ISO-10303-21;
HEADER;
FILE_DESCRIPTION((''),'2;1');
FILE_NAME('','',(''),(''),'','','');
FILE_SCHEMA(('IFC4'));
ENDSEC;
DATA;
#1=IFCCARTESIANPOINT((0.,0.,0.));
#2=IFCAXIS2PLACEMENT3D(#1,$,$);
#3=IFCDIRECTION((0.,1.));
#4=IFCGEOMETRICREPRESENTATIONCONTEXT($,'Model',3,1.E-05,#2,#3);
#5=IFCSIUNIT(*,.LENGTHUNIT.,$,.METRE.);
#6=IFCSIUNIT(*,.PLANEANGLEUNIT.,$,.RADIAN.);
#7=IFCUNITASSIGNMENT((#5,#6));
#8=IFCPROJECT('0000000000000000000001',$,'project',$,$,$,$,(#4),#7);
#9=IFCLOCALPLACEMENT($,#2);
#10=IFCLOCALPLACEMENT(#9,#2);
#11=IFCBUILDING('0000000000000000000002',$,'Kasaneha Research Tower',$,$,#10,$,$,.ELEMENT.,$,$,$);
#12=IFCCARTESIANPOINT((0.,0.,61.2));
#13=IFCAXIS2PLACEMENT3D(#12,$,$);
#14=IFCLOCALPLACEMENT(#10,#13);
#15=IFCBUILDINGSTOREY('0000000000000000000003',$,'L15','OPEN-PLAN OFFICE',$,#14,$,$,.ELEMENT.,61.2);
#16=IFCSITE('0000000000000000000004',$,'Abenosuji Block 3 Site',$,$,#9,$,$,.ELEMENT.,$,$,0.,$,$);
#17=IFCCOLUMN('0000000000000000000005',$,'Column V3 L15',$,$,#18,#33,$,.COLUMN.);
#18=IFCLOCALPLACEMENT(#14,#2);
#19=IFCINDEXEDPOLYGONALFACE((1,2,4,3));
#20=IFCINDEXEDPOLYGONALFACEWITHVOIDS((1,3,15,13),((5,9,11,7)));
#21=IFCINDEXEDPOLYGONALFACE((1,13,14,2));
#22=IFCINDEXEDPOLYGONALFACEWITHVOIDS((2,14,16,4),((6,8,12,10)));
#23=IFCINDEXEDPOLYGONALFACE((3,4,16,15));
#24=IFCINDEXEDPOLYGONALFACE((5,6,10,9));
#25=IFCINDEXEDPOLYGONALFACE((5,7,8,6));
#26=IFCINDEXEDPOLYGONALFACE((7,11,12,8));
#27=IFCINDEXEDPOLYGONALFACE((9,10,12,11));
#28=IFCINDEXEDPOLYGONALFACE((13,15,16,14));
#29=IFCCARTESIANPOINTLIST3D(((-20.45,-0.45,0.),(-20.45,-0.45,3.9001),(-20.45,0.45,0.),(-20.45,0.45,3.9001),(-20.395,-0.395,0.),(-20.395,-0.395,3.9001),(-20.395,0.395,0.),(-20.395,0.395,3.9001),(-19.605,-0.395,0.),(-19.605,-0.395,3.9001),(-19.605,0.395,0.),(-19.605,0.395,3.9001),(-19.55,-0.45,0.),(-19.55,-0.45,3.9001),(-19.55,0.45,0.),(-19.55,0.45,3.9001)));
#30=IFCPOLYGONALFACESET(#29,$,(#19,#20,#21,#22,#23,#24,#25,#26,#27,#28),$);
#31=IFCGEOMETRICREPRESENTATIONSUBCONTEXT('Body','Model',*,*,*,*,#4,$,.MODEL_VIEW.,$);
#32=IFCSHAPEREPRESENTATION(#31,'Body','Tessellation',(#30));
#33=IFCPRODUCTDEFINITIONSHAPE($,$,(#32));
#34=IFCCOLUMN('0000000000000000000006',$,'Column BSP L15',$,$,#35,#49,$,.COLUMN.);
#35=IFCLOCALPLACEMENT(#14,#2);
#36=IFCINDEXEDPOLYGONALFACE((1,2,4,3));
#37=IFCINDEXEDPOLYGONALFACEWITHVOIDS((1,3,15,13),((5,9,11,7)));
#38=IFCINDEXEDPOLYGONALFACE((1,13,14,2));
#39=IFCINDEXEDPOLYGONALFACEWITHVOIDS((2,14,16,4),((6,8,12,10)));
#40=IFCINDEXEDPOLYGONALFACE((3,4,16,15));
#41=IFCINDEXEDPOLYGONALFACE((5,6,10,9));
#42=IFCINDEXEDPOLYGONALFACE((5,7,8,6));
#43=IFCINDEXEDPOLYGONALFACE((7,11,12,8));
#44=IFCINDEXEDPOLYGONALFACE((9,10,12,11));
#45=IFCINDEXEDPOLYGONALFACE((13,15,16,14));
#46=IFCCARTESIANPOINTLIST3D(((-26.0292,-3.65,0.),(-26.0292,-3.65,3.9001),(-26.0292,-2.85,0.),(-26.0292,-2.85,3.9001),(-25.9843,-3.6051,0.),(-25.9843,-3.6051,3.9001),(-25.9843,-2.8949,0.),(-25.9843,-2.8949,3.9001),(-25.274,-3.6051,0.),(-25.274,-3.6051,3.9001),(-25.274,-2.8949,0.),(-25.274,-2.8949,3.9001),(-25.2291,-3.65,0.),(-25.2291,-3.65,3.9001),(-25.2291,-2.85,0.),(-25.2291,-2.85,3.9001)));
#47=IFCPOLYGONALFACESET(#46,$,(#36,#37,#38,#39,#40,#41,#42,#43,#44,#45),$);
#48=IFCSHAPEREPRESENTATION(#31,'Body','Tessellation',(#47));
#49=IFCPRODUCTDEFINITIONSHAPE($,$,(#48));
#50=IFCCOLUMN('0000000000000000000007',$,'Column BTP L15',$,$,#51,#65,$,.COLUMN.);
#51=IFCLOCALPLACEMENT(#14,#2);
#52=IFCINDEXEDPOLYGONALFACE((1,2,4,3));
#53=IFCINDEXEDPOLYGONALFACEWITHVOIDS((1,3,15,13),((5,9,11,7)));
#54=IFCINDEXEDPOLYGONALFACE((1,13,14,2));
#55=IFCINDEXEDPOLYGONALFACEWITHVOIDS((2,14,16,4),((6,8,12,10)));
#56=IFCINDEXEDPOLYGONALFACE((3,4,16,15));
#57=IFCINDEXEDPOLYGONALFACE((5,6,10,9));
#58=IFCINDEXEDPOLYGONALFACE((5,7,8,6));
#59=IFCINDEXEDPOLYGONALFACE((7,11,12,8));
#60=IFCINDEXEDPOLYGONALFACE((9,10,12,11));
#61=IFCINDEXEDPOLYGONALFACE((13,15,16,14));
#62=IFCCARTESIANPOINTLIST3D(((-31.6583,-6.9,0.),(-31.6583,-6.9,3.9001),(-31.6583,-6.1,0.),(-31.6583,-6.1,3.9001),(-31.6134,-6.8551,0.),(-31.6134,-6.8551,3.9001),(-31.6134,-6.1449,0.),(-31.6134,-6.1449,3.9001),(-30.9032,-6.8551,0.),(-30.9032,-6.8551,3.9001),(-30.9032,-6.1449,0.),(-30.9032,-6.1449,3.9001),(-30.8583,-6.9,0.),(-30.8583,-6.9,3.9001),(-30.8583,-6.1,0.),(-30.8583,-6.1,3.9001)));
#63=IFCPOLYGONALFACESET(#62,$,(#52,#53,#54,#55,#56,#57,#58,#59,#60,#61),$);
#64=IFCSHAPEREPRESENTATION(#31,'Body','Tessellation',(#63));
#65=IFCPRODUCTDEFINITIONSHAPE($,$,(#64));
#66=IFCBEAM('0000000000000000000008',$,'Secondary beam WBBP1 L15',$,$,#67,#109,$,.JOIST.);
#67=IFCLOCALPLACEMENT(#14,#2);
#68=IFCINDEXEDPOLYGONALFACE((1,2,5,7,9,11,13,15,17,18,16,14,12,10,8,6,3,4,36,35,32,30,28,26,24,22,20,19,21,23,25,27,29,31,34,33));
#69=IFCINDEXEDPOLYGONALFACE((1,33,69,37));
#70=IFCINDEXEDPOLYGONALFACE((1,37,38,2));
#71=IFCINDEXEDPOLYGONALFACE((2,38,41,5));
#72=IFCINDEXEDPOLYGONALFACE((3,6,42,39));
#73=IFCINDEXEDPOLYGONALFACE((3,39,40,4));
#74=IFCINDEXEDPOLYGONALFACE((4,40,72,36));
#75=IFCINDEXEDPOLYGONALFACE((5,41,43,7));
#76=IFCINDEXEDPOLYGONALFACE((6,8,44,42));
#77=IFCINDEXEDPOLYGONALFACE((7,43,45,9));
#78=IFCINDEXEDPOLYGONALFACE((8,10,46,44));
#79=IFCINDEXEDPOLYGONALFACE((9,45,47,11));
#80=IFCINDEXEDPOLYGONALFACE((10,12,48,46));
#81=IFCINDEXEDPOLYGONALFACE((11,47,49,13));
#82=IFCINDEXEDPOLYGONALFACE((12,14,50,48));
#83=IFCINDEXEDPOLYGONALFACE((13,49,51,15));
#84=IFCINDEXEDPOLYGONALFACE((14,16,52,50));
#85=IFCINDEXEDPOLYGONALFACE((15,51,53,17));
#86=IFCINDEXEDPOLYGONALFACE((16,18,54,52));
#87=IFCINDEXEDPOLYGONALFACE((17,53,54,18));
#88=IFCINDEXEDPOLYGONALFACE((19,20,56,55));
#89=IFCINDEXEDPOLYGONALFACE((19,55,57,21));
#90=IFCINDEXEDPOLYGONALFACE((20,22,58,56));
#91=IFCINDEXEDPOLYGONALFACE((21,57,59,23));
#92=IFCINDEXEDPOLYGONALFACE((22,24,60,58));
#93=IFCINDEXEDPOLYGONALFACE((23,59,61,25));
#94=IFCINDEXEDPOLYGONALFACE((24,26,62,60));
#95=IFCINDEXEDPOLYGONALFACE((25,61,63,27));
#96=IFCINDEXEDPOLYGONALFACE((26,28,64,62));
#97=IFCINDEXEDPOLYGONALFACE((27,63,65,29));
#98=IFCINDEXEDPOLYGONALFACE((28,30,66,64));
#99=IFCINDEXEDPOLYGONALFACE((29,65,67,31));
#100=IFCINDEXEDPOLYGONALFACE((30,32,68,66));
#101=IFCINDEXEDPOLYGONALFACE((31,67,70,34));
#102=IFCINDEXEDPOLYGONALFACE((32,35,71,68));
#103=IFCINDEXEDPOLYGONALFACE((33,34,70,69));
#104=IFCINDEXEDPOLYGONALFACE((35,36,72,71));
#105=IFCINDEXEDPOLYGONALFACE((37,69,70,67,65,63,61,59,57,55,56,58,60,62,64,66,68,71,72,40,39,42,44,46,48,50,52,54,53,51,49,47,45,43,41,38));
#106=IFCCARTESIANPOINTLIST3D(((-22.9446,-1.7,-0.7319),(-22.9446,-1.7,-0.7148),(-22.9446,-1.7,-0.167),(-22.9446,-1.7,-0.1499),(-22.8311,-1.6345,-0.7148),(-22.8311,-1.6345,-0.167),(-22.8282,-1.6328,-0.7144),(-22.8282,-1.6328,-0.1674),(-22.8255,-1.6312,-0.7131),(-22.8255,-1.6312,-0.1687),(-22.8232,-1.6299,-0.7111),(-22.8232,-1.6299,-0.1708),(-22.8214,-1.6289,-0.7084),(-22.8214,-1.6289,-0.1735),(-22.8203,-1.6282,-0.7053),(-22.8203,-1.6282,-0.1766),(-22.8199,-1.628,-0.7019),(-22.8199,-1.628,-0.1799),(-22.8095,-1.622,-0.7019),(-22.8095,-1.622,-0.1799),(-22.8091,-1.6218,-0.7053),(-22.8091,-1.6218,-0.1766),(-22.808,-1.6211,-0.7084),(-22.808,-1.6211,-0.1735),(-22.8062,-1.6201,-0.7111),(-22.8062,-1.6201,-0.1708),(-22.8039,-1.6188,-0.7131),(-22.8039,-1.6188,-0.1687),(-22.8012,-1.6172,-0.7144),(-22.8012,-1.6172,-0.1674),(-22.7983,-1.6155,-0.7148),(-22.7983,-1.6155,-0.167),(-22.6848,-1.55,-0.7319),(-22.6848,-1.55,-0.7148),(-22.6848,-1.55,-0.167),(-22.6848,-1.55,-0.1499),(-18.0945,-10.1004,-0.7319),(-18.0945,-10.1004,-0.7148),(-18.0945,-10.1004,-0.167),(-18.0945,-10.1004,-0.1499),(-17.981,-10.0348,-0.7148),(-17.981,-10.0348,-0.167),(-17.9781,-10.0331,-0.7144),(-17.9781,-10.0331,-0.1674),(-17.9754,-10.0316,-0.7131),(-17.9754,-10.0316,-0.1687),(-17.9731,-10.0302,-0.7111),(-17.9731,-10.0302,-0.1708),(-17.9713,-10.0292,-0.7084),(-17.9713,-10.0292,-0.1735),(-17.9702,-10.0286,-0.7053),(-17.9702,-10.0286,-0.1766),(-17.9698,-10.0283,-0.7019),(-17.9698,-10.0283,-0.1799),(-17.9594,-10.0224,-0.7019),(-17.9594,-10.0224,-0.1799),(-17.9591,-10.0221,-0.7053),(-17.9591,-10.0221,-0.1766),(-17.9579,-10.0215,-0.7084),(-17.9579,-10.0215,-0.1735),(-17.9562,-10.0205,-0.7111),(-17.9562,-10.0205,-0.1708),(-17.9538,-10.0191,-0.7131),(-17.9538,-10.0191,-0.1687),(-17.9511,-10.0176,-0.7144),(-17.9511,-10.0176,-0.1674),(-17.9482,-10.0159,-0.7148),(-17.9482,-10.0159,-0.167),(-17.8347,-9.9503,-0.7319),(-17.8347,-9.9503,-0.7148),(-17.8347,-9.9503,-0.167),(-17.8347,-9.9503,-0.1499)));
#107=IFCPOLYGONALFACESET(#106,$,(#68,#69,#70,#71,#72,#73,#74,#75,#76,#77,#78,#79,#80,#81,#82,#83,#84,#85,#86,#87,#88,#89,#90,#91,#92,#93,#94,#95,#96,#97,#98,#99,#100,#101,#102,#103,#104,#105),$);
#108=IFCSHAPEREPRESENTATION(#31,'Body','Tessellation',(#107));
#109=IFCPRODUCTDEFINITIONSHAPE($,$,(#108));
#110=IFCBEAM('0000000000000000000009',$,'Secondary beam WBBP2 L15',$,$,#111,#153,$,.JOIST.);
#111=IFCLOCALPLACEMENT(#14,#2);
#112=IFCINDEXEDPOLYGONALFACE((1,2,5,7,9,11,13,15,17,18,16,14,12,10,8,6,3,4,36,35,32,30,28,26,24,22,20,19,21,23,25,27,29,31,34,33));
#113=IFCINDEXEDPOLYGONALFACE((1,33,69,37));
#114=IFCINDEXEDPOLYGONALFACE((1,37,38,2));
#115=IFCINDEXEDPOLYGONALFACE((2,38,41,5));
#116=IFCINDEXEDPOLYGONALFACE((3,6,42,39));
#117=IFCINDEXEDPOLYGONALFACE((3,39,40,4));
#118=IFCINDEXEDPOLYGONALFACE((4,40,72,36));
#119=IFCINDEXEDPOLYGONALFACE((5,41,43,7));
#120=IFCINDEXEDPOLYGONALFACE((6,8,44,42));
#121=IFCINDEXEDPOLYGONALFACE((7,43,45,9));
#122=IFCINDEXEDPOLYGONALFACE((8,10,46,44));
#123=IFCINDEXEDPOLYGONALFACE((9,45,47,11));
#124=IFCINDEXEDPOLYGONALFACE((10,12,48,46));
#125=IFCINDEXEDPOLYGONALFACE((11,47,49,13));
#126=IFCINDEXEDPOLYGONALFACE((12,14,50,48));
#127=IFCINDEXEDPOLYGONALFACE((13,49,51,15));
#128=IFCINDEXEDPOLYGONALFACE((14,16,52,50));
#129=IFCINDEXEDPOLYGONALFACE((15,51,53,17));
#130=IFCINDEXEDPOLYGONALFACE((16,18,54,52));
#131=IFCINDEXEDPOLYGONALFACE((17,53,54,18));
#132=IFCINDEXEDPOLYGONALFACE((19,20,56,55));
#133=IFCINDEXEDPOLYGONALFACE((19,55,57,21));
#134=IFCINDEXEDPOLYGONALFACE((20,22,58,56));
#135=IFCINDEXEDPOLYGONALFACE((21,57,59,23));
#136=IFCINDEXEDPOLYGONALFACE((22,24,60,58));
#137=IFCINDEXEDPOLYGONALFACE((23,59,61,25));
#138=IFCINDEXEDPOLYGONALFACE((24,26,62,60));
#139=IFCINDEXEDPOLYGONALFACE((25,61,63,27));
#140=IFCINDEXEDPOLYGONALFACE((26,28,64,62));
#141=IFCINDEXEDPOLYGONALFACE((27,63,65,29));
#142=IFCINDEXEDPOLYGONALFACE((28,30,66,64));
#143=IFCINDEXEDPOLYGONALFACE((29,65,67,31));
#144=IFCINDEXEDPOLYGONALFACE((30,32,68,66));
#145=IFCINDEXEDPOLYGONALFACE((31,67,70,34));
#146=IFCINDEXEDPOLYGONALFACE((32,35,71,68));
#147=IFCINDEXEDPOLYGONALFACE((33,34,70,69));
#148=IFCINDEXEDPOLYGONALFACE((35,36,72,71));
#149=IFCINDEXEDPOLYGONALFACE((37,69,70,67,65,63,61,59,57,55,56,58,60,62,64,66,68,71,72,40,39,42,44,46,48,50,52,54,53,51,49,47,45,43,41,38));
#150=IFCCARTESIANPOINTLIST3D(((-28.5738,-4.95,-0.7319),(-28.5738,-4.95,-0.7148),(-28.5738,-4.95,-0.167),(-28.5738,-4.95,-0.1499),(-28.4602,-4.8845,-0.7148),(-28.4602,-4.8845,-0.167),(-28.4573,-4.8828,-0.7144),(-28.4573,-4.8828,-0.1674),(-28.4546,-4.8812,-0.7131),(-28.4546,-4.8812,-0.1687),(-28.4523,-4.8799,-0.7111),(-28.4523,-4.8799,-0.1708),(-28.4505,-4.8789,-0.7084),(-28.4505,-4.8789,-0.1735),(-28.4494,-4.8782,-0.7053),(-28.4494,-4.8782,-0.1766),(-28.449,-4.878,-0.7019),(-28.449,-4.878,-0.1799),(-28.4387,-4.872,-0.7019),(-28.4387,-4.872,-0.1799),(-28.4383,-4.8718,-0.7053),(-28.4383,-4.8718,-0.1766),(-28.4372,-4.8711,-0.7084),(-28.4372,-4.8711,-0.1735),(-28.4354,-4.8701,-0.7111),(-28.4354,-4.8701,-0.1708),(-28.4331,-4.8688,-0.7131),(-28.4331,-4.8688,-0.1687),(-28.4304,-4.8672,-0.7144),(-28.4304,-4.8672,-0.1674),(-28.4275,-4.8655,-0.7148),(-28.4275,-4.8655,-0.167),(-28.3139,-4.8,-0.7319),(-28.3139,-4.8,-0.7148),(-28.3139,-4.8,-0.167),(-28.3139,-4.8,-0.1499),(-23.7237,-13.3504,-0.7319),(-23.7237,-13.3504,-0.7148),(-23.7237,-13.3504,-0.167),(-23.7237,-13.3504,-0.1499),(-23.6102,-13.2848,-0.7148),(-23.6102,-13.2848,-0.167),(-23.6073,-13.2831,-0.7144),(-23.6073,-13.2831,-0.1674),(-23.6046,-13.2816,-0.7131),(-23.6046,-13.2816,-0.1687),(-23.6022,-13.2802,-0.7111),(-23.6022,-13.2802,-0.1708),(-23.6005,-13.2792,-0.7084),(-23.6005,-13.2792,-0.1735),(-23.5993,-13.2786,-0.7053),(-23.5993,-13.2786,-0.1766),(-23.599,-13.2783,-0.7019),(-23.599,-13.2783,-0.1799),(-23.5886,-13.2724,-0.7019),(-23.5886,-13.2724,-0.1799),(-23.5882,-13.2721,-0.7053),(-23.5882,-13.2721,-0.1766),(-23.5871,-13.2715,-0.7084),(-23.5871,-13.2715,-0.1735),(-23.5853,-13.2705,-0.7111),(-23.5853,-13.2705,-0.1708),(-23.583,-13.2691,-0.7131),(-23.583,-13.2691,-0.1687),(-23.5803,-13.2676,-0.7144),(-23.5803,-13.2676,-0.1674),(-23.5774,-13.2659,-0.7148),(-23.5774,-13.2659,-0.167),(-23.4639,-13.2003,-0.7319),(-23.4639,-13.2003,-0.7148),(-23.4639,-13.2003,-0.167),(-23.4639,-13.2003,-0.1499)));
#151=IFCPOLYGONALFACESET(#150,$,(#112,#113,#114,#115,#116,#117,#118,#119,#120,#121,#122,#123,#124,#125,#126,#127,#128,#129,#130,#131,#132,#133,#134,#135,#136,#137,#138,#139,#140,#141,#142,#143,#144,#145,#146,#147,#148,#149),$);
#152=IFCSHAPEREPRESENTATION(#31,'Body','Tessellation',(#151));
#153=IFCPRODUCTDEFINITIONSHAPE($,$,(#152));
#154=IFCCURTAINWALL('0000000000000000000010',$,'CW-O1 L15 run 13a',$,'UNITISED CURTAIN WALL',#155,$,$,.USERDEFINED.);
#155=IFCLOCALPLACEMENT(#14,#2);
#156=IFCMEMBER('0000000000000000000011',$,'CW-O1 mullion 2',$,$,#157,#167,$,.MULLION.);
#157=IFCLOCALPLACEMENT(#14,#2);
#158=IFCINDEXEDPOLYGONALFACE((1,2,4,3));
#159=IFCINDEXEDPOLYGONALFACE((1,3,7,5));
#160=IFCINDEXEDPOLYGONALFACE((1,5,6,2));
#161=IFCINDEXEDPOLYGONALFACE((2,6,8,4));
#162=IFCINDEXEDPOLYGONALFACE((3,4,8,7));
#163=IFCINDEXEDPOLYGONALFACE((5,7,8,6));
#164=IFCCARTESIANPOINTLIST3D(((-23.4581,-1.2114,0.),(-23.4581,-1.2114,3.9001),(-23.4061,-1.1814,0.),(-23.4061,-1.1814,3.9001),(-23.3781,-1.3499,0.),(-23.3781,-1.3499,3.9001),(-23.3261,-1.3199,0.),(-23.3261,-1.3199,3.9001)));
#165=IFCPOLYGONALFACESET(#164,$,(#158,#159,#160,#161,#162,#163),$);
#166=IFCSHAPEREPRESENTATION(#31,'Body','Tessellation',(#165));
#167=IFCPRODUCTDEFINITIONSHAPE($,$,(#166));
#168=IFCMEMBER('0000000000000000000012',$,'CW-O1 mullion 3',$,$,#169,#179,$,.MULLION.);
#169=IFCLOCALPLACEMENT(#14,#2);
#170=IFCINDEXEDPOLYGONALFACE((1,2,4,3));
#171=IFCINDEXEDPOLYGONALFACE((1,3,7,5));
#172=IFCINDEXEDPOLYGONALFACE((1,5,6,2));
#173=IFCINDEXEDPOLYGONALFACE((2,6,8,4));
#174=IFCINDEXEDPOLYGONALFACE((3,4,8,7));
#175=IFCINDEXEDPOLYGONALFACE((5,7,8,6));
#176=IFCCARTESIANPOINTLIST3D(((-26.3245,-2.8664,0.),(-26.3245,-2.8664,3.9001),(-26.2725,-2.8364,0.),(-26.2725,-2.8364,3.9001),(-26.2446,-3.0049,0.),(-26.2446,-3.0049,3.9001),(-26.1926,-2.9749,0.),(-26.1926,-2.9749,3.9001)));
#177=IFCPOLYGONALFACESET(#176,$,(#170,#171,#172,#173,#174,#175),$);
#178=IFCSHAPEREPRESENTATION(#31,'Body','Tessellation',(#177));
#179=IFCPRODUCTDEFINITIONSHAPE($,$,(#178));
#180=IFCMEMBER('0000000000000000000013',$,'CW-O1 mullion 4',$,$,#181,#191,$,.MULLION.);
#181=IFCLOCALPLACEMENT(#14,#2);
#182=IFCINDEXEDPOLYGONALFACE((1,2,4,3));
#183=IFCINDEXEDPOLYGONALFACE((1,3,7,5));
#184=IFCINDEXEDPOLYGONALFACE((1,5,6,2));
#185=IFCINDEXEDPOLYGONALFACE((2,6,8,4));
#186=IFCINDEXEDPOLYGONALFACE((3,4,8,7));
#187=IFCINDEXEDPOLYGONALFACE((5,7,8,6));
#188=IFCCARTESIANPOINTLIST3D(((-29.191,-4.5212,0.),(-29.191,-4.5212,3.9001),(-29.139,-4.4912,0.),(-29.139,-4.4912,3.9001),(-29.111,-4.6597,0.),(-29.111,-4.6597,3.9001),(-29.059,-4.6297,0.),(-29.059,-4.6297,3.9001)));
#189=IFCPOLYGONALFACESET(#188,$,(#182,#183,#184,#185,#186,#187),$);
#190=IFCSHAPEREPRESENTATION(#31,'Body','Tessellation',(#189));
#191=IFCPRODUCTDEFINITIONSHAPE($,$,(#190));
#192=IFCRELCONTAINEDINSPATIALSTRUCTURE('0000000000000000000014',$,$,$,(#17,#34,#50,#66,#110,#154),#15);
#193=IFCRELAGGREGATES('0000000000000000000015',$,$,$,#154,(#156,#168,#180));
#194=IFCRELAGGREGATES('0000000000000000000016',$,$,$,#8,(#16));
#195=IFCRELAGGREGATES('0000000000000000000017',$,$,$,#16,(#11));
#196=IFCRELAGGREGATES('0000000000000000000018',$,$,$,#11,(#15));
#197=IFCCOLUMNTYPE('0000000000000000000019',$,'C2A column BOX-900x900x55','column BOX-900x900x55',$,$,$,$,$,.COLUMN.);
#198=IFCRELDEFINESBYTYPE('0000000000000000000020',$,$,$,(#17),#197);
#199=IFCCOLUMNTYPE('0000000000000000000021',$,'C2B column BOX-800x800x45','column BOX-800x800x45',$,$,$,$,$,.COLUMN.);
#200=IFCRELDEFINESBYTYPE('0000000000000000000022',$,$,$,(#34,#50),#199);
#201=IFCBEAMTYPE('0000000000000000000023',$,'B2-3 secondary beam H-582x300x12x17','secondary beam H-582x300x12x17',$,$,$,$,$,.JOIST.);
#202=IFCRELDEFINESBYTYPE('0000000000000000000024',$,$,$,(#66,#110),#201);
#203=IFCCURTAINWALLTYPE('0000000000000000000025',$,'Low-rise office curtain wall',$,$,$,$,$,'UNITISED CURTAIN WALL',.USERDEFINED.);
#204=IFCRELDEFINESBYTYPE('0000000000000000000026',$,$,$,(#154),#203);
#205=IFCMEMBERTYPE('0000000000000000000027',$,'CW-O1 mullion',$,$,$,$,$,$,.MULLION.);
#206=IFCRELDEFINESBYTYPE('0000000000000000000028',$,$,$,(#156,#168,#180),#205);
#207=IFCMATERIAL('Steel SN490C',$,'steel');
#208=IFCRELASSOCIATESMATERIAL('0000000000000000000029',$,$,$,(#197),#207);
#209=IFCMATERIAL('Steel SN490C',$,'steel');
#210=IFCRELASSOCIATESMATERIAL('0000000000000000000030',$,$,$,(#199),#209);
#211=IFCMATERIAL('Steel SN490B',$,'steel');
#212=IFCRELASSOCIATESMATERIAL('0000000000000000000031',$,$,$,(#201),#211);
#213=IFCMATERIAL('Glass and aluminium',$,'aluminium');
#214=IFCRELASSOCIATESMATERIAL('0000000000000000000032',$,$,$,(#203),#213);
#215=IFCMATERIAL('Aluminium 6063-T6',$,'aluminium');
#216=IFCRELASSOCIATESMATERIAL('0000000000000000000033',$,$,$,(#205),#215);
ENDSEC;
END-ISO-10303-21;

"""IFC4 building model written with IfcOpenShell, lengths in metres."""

from ifc_helpers import new_model, si_unit, direction, frame, origin, origin_2d, place, context, subcontext, project, spatial, rectangle, hollow_rectangle, i_section, extrude, material, material_profile, profile_set, type_object, element, aggregate, save


model = new_model("IFC4")

# Units and contexts
model_context = context("Model", 3, precision=1e-05, world=origin(), true_north=direction((0.0, 1.0)))
body_context = subcontext(model_context, "Body", "Model", "MODEL_VIEW")
ifc_project = project(units=[si_unit("LENGTHUNIT", "METRE"), si_unit("PLANEANGLEUNIT", "RADIAN")], contexts=[model_context])

# Site, building, storey
site_placement = place(None, origin())
site = spatial("IfcSite", under=ifc_project, at=site_placement, Name="Abenosuji Block 3 Site", CompositionType="ELEMENT", RefElevation=0.0)
building_placement = place(site_placement, origin())
building = spatial("IfcBuilding", under=site, at=building_placement, Name="Kasaneha Research Tower", CompositionType="ELEMENT")
storey_placement = place(building_placement, frame((0.0, 0.0, 61.2)))
storey = spatial("IfcBuildingStorey", under=building, at=storey_placement, Name="L15", Description="OPEN-PLAN OFFICE", CompositionType="ELEMENT", Elevation=61.2)

# Columns
ifc_material_1 = material(Name="Steel SN490C", Category="steel")
ifc_material_profile_1 = material_profile(ifc_material_1, hollow_rectangle(XDim=0.8999, YDim=0.8999, WallThickness=0.0549, at=origin_2d()), Name="BOX-900x900x55")
ifc_profile_set_1 = profile_set([ifc_material_profile_1], Name="Steel SN490C")
column_type_1 = type_object("IfcColumnType", Name="C2A column BOX-900x900x55", Description="column BOX-900x900x55", PredefinedType="COLUMN", material=ifc_profile_set_1)
column_placement = place(storey_placement, frame((-20.0, 0.0, 0.0), z_axis=(0.0, 0.0, 1.0), x_axis=(1.0, 0.0, 0.0)))
element("IfcColumn", 1, at=column_placement, inside=storey, type_object=column_type_1, Name="Column V3 L15", PredefinedType="COLUMN", context=body_context, shape_type="SweptSolid", body=[
    extrude(hollow_rectangle(XDim=0.8999, YDim=0.8999, WallThickness=0.0549, at=origin_2d()), origin(), (0.0, 0.0, 1.0), 3.9001),
])
ifc_material_2 = material(Name="Steel SN490C", Category="steel")
ifc_material_profile_2 = material_profile(ifc_material_2, hollow_rectangle(XDim=0.8, YDim=0.8, WallThickness=0.0449, at=origin_2d()), Name="BOX-800x800x45")
ifc_profile_set_2 = profile_set([ifc_material_profile_2], Name="Steel SN490C")
column_type_2 = type_object("IfcColumnType", Name="C2B column BOX-800x800x45", Description="column BOX-800x800x45", PredefinedType="COLUMN", material=ifc_profile_set_2)
for number, where, z_axis, x_axis, name in (
    (2, (-25.6292, -3.25, 0.0), (0.0, 0.0, 1.0), (1.0, 0.0, 0.0), "Column BSP L15"),
    (3, (-31.2583, -6.5, 0.0), (0.0, 0.0, 1.0), (1.0, 0.0, 0.0), "Column BTP L15"),
):
    element("IfcColumn", number, at=place(storey_placement, frame(where, z_axis=z_axis, x_axis=x_axis)), inside=storey, type_object=column_type_2, Name=name, PredefinedType="COLUMN", context=body_context, shape_type="SweptSolid", body=[
        extrude(hollow_rectangle(XDim=0.8, YDim=0.8, WallThickness=0.0449, at=origin_2d()), origin(), (0.0, 0.0, 1.0), 3.9001),
    ])

# Beams
ifc_material_3 = material(Name="Steel SN490B", Category="steel")
ifc_material_profile_3 = material_profile(ifc_material_3, i_section(OverallWidth=0.3, OverallDepth=0.582, WebThickness=0.012, FlangeThickness=0.0171, FilletRadius=0.0129, at=origin_2d()), Name="H-582x300x12x17")
ifc_profile_set_3 = profile_set([ifc_material_profile_3], Name="Steel SN490B")
beam_type_1 = type_object("IfcBeamType", Name="B2-3 secondary beam H-582x300x12x17", Description="secondary beam H-582x300x12x17", PredefinedType="JOIST", material=ifc_profile_set_3)
for number, where, z_axis, x_axis, name in (
    (4, (-22.8147, -1.625, -0.4409), (0.50001, -0.86602, 0.0), (0.86602, 0.50001, 0.0), "Secondary beam WBBP1 L15"),
    (5, (-28.4438, -4.875, -0.4409), (0.50001, -0.86602, 0.0), (0.86602, 0.50001, 0.0), "Secondary beam WBBP2 L15"),
):
    element("IfcBeam", number, at=place(storey_placement, frame(where, z_axis=z_axis, x_axis=x_axis)), inside=storey, type_object=beam_type_1, Name=name, PredefinedType="JOIST", context=body_context, shape_type="SweptSolid", body=[
        extrude(i_section(OverallWidth=0.3, OverallDepth=0.582, WebThickness=0.012, FlangeThickness=0.0171, FilletRadius=0.0129, at=origin_2d()), origin(), (0.0, 0.0, 1.0), 9.7),
    ])

# Curtain wall, members
ifc_material_4 = material(Name="Glass and aluminium", Category="aluminium")
curtain_wall_type = type_object("IfcCurtainWallType", Name="Low-rise office curtain wall", ElementType="UNITISED CURTAIN WALL", PredefinedType="USERDEFINED", material=ifc_material_4)
curtain_wall_1_placement = place(storey_placement, origin())
curtain_wall_1 = element("IfcCurtainWall", 6, at=curtain_wall_1_placement, inside=storey, type_object=curtain_wall_type, Name="CW-O1 L15 run 13a", ObjectType="UNITISED CURTAIN WALL", PredefinedType="USERDEFINED")
ifc_material_5 = material(Name="Aluminium 6063-T6", Category="aluminium")
ifc_material_profile_4 = material_profile(ifc_material_5, rectangle(XDim=0.0601, YDim=0.1599, at=origin_2d()), Name="CW-O1 mullion 60x160")
ifc_profile_set_4 = profile_set([ifc_material_profile_4], Name="Aluminium 6063-T6")
member_type_1 = type_object("IfcMemberType", Name="CW-O1 mullion", PredefinedType="MULLION", material=ifc_profile_set_4)
member_1_placement = place(storey_placement, frame((-23.3921, -1.2656, 0.0), z_axis=(0.0, 0.0, 1.0), x_axis=(-0.866025, -0.5, 0.0)))
member_1 = element("IfcMember", 7, at=member_1_placement, type_object=member_type_1, Name="CW-O1 mullion 2", PredefinedType="MULLION", context=body_context, shape_type="SweptSolid", body=[
    extrude(rectangle(XDim=0.0601, YDim=0.1599, at=origin_2d()), origin(), (0.0, 0.0, 1.0), 3.9001),
])
member_2_placement = place(storey_placement, frame((-26.2585, -2.9207, 0.0), z_axis=(0.0, 0.0, 1.0), x_axis=(-0.866025, -0.5, 0.0)))
member_2 = element("IfcMember", 8, at=member_2_placement, type_object=member_type_1, Name="CW-O1 mullion 3", PredefinedType="MULLION", context=body_context, shape_type="SweptSolid", body=[
    extrude(rectangle(XDim=0.0601, YDim=0.1599, at=origin_2d()), origin(), (0.0, 0.0, 1.0), 3.9001),
])
member_3_placement = place(storey_placement, frame((-29.125, -4.5754, 0.0), z_axis=(0.0, 0.0, 1.0), x_axis=(-0.866025, -0.5, 0.0)))
member_3 = element("IfcMember", 9, at=member_3_placement, type_object=member_type_1, Name="CW-O1 mullion 4", PredefinedType="MULLION", context=body_context, shape_type="SweptSolid", body=[
    extrude(rectangle(XDim=0.0601, YDim=0.1599, at=origin_2d()), origin(), (0.0, 0.0, 1.0), 3.9001),
])

aggregate(curtain_wall_1, [member_1, member_2, member_3])

save(model, "model.ifc")
